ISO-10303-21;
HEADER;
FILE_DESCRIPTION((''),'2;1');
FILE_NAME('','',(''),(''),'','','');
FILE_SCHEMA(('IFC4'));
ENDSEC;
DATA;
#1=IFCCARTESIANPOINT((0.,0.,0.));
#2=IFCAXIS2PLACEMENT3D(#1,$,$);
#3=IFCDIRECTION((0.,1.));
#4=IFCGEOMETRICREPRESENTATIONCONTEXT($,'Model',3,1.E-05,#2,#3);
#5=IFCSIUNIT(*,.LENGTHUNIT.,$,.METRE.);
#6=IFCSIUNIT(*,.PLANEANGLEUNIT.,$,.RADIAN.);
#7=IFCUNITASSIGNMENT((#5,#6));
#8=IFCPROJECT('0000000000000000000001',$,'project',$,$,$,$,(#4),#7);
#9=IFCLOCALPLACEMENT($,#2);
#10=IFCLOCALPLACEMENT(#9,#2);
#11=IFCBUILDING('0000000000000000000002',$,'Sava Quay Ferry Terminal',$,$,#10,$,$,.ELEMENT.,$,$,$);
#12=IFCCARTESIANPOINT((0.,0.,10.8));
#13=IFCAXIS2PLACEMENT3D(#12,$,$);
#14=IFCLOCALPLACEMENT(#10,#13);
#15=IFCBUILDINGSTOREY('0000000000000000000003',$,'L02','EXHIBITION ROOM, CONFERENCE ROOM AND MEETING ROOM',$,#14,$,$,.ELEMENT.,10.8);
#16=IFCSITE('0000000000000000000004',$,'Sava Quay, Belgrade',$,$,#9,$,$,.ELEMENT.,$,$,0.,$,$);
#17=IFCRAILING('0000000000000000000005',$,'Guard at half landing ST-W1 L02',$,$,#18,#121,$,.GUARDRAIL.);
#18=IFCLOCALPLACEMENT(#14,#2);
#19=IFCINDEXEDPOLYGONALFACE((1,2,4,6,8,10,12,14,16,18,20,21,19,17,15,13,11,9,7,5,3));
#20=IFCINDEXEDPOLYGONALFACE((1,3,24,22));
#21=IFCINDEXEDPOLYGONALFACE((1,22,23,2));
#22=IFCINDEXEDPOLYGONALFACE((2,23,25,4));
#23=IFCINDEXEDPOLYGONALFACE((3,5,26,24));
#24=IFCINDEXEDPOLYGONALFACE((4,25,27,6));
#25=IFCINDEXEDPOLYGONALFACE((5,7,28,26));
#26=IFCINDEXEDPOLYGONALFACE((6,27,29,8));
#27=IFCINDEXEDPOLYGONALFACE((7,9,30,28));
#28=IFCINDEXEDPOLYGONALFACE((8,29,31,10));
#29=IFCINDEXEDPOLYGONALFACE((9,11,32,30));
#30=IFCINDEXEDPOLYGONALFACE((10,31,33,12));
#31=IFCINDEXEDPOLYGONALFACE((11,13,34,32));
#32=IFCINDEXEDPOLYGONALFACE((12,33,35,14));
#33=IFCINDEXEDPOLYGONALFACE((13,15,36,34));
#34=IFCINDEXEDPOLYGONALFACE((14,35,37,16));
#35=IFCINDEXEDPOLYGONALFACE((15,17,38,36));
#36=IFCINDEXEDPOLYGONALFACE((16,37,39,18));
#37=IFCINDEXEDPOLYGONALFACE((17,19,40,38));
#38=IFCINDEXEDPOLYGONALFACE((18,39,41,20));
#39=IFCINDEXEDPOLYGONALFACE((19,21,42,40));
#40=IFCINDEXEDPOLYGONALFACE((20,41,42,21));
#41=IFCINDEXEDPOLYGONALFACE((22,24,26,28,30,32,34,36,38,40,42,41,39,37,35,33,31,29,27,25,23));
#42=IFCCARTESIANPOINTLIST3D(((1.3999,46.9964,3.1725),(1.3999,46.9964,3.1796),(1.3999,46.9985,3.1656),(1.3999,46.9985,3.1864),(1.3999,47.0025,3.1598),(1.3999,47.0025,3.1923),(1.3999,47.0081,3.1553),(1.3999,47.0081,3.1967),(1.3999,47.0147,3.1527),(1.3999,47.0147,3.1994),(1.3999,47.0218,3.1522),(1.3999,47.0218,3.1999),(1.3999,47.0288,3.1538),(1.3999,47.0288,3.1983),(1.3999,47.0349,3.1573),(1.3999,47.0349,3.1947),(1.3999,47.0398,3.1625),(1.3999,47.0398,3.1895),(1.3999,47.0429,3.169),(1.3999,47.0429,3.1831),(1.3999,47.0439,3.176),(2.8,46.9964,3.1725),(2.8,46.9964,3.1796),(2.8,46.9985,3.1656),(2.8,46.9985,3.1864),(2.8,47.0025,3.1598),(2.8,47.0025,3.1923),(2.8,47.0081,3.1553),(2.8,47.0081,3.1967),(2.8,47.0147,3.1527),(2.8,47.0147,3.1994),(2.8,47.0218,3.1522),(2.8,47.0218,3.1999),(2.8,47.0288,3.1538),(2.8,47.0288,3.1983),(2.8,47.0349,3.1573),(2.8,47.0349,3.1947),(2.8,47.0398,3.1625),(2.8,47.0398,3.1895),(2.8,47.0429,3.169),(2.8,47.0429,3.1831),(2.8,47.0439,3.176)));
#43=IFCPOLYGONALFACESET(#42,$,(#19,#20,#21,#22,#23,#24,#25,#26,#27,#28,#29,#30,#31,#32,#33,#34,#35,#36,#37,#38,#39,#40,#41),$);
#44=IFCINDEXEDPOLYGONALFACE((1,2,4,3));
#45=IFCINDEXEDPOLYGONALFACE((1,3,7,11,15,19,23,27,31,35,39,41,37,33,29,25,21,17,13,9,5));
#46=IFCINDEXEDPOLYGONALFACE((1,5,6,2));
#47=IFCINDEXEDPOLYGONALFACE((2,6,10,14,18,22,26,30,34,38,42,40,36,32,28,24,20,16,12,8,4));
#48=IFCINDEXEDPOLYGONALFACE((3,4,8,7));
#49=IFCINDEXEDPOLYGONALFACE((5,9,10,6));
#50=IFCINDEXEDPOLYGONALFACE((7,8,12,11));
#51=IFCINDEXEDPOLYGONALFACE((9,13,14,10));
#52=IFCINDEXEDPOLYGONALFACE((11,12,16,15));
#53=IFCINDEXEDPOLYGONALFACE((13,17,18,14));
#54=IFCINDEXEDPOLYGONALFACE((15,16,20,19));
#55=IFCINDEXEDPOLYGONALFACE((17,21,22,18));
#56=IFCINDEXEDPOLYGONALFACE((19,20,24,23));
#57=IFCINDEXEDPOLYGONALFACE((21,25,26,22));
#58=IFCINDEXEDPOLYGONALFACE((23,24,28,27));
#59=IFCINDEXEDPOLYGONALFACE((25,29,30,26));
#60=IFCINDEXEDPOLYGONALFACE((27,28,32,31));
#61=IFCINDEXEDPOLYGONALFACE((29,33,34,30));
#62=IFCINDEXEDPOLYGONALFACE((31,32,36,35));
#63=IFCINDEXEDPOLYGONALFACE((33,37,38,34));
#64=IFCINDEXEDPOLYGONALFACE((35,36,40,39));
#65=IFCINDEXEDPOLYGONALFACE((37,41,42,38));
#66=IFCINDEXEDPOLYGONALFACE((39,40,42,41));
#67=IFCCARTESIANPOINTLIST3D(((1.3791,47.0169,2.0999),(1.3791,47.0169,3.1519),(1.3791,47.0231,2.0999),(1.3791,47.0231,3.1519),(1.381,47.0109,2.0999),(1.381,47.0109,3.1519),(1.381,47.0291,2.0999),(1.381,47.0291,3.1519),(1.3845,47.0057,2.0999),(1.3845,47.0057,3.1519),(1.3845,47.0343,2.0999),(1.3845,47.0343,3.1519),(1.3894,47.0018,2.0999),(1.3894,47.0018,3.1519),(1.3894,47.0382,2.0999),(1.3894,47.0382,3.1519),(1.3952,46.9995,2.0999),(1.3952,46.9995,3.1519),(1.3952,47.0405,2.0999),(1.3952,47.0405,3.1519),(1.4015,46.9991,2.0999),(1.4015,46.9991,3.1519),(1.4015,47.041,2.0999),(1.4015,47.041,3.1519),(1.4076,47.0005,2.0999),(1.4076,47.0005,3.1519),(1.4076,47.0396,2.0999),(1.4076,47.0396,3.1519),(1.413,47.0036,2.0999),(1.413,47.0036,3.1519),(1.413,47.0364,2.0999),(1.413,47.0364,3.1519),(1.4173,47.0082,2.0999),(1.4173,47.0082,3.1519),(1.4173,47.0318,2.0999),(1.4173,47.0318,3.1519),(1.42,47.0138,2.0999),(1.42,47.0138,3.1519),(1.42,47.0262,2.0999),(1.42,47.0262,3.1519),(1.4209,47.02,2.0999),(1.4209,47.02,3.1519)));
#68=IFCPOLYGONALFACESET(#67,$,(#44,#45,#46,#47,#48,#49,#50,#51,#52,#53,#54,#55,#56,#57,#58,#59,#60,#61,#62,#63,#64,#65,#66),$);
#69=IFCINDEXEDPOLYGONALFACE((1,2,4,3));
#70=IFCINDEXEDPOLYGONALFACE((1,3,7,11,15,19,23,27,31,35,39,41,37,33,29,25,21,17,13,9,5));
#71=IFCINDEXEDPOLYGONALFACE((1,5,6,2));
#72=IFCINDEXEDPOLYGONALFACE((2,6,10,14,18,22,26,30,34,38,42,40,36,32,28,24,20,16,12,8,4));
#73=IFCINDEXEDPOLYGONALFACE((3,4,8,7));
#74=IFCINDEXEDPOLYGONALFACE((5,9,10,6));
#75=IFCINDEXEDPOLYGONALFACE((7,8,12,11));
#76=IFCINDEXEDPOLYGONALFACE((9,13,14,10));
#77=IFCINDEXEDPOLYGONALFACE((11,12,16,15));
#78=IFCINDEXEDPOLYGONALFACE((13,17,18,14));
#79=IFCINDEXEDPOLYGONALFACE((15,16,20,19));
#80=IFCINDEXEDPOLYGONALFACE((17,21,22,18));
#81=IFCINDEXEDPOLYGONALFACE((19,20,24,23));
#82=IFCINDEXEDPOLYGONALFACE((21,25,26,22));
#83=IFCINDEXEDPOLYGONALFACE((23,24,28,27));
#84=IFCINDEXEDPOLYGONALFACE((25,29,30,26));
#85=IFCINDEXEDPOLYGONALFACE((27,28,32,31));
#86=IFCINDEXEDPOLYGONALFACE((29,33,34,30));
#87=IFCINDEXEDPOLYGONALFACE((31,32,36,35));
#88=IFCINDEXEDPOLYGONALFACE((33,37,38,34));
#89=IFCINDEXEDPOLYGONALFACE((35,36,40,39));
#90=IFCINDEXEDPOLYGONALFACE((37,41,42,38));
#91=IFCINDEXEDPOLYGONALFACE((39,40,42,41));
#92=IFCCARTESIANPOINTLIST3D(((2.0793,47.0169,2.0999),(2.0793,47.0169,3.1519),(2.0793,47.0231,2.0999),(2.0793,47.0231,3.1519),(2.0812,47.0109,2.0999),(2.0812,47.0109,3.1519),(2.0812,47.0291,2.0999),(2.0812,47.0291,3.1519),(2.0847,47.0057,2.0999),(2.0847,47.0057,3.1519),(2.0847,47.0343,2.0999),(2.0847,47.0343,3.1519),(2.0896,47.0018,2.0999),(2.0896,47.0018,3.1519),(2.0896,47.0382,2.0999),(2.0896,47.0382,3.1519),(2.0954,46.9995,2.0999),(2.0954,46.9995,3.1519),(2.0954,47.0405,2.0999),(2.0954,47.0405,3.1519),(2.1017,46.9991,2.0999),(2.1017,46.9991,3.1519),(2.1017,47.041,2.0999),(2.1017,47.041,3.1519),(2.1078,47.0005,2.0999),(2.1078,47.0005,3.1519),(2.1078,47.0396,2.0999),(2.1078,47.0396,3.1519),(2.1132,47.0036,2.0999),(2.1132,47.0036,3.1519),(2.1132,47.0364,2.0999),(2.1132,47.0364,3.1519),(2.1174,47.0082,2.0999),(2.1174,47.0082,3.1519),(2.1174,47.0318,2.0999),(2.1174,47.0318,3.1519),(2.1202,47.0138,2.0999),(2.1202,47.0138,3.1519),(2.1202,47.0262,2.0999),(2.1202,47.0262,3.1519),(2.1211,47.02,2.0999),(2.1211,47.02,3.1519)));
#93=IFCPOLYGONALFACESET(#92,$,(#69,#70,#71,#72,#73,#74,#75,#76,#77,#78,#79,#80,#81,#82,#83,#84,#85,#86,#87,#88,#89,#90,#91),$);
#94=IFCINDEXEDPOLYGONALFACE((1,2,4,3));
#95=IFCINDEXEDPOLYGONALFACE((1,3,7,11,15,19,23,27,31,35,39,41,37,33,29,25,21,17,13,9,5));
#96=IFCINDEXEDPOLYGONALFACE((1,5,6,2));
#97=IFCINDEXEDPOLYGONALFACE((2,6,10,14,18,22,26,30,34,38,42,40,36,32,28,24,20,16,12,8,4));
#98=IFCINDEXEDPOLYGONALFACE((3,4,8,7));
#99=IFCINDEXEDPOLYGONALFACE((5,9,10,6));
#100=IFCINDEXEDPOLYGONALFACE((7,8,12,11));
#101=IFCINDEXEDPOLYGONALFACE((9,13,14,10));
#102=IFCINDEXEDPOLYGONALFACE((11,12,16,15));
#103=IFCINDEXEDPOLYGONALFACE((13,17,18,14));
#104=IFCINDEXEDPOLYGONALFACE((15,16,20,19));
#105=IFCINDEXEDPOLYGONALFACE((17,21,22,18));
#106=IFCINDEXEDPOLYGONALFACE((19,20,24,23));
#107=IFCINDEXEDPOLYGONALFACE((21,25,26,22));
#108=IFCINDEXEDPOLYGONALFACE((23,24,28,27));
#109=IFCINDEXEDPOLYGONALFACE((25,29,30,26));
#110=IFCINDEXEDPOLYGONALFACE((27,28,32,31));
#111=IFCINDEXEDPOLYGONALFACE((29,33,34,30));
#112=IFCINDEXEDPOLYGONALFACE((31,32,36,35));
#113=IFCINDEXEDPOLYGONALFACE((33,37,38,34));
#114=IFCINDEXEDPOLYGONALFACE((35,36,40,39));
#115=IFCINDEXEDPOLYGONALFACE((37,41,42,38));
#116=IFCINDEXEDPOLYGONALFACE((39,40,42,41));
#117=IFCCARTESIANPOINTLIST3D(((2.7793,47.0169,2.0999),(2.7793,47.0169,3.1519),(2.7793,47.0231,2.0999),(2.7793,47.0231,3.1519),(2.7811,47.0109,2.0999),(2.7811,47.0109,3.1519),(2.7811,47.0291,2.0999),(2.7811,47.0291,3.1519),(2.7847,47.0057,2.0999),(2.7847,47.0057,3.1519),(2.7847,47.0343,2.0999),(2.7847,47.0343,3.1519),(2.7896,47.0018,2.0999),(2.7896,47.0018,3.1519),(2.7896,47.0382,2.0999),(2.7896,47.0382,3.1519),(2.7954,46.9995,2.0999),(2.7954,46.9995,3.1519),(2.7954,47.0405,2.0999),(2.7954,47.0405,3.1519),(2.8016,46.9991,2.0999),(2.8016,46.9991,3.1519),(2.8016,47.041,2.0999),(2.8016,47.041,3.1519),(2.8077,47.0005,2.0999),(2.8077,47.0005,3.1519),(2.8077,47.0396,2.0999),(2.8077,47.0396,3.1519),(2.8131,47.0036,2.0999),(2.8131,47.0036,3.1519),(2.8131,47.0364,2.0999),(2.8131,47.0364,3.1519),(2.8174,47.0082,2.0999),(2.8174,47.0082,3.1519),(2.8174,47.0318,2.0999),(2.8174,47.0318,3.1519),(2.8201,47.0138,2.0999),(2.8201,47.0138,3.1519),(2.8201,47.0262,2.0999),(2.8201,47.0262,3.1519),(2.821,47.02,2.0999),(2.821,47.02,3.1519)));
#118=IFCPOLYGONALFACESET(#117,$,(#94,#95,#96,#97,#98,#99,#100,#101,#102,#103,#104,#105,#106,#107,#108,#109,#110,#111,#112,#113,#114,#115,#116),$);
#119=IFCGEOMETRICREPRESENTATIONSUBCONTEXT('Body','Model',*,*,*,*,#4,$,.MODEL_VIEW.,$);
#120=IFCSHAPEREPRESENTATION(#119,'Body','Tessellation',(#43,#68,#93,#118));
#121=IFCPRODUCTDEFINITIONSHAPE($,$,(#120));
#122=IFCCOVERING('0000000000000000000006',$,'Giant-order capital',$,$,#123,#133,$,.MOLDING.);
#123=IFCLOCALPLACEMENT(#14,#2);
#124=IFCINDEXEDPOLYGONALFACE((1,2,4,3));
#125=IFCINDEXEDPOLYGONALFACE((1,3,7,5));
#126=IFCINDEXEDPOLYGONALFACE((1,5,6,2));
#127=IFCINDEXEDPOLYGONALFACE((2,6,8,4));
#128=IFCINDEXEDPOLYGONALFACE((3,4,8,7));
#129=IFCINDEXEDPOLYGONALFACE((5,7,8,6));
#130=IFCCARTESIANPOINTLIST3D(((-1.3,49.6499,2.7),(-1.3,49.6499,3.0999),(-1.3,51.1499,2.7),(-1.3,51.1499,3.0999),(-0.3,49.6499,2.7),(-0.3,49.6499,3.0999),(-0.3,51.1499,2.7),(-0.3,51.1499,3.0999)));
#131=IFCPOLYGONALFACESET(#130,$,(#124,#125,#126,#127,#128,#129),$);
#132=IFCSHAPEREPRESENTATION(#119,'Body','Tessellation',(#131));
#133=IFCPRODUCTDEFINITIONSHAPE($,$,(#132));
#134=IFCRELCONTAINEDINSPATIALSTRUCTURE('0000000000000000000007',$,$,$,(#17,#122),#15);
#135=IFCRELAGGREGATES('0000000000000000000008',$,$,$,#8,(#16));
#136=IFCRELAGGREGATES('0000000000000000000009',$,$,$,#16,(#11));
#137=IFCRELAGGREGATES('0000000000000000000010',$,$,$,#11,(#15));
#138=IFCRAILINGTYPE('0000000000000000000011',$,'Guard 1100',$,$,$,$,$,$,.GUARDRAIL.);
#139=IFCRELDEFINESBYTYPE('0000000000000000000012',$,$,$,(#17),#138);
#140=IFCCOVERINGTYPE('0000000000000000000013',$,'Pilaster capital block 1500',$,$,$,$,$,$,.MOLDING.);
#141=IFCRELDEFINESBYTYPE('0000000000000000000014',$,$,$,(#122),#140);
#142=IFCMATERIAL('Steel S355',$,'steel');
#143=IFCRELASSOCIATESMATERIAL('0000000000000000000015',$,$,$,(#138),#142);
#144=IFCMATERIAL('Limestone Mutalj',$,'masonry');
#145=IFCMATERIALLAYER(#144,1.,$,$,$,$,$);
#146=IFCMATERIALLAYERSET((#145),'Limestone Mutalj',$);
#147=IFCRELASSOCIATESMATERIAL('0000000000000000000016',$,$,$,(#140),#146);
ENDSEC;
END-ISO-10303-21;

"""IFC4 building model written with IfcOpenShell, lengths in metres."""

from ifc_helpers import new_model, si_unit, direction, frame, origin, origin_2d, place, context, subcontext, project, spatial, rectangle, circle, extrude, material, layer, layer_set, type_object, element, save


model = new_model("IFC4")

# Units and contexts
model_context = context("Model", 3, precision=1e-05, world=origin(), true_north=direction((0.0, 1.0)))
body_context = subcontext(model_context, "Body", "Model", "MODEL_VIEW")
ifc_project = project(units=[si_unit("LENGTHUNIT", "METRE"), si_unit("PLANEANGLEUNIT", "RADIAN")], contexts=[model_context])

# Site, building, storey
site_placement = place(None, origin())
site = spatial("IfcSite", under=ifc_project, at=site_placement, Name="Sava Quay, Belgrade", CompositionType="ELEMENT", RefElevation=0.0)
building_placement = place(site_placement, origin())
building = spatial("IfcBuilding", under=site, at=building_placement, Name="Sava Quay Ferry Terminal", CompositionType="ELEMENT")
storey_placement = place(building_placement, frame((0.0, 0.0, 10.8)))
storey = spatial("IfcBuildingStorey", under=building, at=storey_placement, Name="L02", Description="EXHIBITION ROOM, CONFERENCE ROOM AND MEETING ROOM", CompositionType="ELEMENT", Elevation=10.8)

# Railing
ifc_material_1 = material(Name="Steel S355", Category="steel")
railing_type_1 = type_object("IfcRailingType", Name="Guard 1100", PredefinedType="GUARDRAIL", material=ifc_material_1)
railing_1_placement = place(storey_placement, frame((1.3999, 47.02, 2.0999)))
element("IfcRailing", 1, at=railing_1_placement, inside=storey, type_object=railing_type_1, Name="Guard at half landing ST-W1 L02", PredefinedType="GUARDRAIL", context=body_context, shape_type="SweptSolid", body=[
    extrude(circle(Radius=0.0239, at=origin_2d()), frame((0.0, 0.0, 1.0762), z_axis=(1.0, 0.0, 0.0), x_axis=(0.0, 1.0, 0.0)), (0.0, 0.0, 1.0), 1.4001),
    extrude(circle(Radius=0.021, at=origin_2d()), origin(), (0.0, 0.0, 1.0), 1.052),
    extrude(circle(Radius=0.021, at=origin_2d()), frame((0.7002, 0.0, 0.0)), (0.0, 0.0, 1.0), 1.052),
    extrude(circle(Radius=0.021, at=origin_2d()), frame((1.4001, 0.0, 0.0)), (0.0, 0.0, 1.0), 1.052),
])

# Covering
ifc_material_2 = material(Name="Limestone Mutalj", Category="masonry")
ifc_layer_1 = layer(ifc_material_2, 1.0)
ifc_layer_set_1 = layer_set([ifc_layer_1], Name="Limestone Mutalj")
covering_type_1 = type_object("IfcCoveringType", Name="Pilaster capital block 1500", PredefinedType="MOLDING", material=ifc_layer_set_1)
covering_1_placement = place(storey_placement, frame((-0.8, 50.3999, 2.7), z_axis=(0.0, 0.0, 1.0), x_axis=(1.0, 0.0, 0.0)))
element("IfcCovering", 2, at=covering_1_placement, inside=storey, type_object=covering_type_1, Name="Giant-order capital", PredefinedType="MOLDING", context=body_context, shape_type="SweptSolid", body=[
    extrude(rectangle(XDim=1.0, YDim=1.5, at=origin_2d()), origin(), (0.0, 0.0, 1.0), 0.3999),
])

save(model, "model.ifc")
